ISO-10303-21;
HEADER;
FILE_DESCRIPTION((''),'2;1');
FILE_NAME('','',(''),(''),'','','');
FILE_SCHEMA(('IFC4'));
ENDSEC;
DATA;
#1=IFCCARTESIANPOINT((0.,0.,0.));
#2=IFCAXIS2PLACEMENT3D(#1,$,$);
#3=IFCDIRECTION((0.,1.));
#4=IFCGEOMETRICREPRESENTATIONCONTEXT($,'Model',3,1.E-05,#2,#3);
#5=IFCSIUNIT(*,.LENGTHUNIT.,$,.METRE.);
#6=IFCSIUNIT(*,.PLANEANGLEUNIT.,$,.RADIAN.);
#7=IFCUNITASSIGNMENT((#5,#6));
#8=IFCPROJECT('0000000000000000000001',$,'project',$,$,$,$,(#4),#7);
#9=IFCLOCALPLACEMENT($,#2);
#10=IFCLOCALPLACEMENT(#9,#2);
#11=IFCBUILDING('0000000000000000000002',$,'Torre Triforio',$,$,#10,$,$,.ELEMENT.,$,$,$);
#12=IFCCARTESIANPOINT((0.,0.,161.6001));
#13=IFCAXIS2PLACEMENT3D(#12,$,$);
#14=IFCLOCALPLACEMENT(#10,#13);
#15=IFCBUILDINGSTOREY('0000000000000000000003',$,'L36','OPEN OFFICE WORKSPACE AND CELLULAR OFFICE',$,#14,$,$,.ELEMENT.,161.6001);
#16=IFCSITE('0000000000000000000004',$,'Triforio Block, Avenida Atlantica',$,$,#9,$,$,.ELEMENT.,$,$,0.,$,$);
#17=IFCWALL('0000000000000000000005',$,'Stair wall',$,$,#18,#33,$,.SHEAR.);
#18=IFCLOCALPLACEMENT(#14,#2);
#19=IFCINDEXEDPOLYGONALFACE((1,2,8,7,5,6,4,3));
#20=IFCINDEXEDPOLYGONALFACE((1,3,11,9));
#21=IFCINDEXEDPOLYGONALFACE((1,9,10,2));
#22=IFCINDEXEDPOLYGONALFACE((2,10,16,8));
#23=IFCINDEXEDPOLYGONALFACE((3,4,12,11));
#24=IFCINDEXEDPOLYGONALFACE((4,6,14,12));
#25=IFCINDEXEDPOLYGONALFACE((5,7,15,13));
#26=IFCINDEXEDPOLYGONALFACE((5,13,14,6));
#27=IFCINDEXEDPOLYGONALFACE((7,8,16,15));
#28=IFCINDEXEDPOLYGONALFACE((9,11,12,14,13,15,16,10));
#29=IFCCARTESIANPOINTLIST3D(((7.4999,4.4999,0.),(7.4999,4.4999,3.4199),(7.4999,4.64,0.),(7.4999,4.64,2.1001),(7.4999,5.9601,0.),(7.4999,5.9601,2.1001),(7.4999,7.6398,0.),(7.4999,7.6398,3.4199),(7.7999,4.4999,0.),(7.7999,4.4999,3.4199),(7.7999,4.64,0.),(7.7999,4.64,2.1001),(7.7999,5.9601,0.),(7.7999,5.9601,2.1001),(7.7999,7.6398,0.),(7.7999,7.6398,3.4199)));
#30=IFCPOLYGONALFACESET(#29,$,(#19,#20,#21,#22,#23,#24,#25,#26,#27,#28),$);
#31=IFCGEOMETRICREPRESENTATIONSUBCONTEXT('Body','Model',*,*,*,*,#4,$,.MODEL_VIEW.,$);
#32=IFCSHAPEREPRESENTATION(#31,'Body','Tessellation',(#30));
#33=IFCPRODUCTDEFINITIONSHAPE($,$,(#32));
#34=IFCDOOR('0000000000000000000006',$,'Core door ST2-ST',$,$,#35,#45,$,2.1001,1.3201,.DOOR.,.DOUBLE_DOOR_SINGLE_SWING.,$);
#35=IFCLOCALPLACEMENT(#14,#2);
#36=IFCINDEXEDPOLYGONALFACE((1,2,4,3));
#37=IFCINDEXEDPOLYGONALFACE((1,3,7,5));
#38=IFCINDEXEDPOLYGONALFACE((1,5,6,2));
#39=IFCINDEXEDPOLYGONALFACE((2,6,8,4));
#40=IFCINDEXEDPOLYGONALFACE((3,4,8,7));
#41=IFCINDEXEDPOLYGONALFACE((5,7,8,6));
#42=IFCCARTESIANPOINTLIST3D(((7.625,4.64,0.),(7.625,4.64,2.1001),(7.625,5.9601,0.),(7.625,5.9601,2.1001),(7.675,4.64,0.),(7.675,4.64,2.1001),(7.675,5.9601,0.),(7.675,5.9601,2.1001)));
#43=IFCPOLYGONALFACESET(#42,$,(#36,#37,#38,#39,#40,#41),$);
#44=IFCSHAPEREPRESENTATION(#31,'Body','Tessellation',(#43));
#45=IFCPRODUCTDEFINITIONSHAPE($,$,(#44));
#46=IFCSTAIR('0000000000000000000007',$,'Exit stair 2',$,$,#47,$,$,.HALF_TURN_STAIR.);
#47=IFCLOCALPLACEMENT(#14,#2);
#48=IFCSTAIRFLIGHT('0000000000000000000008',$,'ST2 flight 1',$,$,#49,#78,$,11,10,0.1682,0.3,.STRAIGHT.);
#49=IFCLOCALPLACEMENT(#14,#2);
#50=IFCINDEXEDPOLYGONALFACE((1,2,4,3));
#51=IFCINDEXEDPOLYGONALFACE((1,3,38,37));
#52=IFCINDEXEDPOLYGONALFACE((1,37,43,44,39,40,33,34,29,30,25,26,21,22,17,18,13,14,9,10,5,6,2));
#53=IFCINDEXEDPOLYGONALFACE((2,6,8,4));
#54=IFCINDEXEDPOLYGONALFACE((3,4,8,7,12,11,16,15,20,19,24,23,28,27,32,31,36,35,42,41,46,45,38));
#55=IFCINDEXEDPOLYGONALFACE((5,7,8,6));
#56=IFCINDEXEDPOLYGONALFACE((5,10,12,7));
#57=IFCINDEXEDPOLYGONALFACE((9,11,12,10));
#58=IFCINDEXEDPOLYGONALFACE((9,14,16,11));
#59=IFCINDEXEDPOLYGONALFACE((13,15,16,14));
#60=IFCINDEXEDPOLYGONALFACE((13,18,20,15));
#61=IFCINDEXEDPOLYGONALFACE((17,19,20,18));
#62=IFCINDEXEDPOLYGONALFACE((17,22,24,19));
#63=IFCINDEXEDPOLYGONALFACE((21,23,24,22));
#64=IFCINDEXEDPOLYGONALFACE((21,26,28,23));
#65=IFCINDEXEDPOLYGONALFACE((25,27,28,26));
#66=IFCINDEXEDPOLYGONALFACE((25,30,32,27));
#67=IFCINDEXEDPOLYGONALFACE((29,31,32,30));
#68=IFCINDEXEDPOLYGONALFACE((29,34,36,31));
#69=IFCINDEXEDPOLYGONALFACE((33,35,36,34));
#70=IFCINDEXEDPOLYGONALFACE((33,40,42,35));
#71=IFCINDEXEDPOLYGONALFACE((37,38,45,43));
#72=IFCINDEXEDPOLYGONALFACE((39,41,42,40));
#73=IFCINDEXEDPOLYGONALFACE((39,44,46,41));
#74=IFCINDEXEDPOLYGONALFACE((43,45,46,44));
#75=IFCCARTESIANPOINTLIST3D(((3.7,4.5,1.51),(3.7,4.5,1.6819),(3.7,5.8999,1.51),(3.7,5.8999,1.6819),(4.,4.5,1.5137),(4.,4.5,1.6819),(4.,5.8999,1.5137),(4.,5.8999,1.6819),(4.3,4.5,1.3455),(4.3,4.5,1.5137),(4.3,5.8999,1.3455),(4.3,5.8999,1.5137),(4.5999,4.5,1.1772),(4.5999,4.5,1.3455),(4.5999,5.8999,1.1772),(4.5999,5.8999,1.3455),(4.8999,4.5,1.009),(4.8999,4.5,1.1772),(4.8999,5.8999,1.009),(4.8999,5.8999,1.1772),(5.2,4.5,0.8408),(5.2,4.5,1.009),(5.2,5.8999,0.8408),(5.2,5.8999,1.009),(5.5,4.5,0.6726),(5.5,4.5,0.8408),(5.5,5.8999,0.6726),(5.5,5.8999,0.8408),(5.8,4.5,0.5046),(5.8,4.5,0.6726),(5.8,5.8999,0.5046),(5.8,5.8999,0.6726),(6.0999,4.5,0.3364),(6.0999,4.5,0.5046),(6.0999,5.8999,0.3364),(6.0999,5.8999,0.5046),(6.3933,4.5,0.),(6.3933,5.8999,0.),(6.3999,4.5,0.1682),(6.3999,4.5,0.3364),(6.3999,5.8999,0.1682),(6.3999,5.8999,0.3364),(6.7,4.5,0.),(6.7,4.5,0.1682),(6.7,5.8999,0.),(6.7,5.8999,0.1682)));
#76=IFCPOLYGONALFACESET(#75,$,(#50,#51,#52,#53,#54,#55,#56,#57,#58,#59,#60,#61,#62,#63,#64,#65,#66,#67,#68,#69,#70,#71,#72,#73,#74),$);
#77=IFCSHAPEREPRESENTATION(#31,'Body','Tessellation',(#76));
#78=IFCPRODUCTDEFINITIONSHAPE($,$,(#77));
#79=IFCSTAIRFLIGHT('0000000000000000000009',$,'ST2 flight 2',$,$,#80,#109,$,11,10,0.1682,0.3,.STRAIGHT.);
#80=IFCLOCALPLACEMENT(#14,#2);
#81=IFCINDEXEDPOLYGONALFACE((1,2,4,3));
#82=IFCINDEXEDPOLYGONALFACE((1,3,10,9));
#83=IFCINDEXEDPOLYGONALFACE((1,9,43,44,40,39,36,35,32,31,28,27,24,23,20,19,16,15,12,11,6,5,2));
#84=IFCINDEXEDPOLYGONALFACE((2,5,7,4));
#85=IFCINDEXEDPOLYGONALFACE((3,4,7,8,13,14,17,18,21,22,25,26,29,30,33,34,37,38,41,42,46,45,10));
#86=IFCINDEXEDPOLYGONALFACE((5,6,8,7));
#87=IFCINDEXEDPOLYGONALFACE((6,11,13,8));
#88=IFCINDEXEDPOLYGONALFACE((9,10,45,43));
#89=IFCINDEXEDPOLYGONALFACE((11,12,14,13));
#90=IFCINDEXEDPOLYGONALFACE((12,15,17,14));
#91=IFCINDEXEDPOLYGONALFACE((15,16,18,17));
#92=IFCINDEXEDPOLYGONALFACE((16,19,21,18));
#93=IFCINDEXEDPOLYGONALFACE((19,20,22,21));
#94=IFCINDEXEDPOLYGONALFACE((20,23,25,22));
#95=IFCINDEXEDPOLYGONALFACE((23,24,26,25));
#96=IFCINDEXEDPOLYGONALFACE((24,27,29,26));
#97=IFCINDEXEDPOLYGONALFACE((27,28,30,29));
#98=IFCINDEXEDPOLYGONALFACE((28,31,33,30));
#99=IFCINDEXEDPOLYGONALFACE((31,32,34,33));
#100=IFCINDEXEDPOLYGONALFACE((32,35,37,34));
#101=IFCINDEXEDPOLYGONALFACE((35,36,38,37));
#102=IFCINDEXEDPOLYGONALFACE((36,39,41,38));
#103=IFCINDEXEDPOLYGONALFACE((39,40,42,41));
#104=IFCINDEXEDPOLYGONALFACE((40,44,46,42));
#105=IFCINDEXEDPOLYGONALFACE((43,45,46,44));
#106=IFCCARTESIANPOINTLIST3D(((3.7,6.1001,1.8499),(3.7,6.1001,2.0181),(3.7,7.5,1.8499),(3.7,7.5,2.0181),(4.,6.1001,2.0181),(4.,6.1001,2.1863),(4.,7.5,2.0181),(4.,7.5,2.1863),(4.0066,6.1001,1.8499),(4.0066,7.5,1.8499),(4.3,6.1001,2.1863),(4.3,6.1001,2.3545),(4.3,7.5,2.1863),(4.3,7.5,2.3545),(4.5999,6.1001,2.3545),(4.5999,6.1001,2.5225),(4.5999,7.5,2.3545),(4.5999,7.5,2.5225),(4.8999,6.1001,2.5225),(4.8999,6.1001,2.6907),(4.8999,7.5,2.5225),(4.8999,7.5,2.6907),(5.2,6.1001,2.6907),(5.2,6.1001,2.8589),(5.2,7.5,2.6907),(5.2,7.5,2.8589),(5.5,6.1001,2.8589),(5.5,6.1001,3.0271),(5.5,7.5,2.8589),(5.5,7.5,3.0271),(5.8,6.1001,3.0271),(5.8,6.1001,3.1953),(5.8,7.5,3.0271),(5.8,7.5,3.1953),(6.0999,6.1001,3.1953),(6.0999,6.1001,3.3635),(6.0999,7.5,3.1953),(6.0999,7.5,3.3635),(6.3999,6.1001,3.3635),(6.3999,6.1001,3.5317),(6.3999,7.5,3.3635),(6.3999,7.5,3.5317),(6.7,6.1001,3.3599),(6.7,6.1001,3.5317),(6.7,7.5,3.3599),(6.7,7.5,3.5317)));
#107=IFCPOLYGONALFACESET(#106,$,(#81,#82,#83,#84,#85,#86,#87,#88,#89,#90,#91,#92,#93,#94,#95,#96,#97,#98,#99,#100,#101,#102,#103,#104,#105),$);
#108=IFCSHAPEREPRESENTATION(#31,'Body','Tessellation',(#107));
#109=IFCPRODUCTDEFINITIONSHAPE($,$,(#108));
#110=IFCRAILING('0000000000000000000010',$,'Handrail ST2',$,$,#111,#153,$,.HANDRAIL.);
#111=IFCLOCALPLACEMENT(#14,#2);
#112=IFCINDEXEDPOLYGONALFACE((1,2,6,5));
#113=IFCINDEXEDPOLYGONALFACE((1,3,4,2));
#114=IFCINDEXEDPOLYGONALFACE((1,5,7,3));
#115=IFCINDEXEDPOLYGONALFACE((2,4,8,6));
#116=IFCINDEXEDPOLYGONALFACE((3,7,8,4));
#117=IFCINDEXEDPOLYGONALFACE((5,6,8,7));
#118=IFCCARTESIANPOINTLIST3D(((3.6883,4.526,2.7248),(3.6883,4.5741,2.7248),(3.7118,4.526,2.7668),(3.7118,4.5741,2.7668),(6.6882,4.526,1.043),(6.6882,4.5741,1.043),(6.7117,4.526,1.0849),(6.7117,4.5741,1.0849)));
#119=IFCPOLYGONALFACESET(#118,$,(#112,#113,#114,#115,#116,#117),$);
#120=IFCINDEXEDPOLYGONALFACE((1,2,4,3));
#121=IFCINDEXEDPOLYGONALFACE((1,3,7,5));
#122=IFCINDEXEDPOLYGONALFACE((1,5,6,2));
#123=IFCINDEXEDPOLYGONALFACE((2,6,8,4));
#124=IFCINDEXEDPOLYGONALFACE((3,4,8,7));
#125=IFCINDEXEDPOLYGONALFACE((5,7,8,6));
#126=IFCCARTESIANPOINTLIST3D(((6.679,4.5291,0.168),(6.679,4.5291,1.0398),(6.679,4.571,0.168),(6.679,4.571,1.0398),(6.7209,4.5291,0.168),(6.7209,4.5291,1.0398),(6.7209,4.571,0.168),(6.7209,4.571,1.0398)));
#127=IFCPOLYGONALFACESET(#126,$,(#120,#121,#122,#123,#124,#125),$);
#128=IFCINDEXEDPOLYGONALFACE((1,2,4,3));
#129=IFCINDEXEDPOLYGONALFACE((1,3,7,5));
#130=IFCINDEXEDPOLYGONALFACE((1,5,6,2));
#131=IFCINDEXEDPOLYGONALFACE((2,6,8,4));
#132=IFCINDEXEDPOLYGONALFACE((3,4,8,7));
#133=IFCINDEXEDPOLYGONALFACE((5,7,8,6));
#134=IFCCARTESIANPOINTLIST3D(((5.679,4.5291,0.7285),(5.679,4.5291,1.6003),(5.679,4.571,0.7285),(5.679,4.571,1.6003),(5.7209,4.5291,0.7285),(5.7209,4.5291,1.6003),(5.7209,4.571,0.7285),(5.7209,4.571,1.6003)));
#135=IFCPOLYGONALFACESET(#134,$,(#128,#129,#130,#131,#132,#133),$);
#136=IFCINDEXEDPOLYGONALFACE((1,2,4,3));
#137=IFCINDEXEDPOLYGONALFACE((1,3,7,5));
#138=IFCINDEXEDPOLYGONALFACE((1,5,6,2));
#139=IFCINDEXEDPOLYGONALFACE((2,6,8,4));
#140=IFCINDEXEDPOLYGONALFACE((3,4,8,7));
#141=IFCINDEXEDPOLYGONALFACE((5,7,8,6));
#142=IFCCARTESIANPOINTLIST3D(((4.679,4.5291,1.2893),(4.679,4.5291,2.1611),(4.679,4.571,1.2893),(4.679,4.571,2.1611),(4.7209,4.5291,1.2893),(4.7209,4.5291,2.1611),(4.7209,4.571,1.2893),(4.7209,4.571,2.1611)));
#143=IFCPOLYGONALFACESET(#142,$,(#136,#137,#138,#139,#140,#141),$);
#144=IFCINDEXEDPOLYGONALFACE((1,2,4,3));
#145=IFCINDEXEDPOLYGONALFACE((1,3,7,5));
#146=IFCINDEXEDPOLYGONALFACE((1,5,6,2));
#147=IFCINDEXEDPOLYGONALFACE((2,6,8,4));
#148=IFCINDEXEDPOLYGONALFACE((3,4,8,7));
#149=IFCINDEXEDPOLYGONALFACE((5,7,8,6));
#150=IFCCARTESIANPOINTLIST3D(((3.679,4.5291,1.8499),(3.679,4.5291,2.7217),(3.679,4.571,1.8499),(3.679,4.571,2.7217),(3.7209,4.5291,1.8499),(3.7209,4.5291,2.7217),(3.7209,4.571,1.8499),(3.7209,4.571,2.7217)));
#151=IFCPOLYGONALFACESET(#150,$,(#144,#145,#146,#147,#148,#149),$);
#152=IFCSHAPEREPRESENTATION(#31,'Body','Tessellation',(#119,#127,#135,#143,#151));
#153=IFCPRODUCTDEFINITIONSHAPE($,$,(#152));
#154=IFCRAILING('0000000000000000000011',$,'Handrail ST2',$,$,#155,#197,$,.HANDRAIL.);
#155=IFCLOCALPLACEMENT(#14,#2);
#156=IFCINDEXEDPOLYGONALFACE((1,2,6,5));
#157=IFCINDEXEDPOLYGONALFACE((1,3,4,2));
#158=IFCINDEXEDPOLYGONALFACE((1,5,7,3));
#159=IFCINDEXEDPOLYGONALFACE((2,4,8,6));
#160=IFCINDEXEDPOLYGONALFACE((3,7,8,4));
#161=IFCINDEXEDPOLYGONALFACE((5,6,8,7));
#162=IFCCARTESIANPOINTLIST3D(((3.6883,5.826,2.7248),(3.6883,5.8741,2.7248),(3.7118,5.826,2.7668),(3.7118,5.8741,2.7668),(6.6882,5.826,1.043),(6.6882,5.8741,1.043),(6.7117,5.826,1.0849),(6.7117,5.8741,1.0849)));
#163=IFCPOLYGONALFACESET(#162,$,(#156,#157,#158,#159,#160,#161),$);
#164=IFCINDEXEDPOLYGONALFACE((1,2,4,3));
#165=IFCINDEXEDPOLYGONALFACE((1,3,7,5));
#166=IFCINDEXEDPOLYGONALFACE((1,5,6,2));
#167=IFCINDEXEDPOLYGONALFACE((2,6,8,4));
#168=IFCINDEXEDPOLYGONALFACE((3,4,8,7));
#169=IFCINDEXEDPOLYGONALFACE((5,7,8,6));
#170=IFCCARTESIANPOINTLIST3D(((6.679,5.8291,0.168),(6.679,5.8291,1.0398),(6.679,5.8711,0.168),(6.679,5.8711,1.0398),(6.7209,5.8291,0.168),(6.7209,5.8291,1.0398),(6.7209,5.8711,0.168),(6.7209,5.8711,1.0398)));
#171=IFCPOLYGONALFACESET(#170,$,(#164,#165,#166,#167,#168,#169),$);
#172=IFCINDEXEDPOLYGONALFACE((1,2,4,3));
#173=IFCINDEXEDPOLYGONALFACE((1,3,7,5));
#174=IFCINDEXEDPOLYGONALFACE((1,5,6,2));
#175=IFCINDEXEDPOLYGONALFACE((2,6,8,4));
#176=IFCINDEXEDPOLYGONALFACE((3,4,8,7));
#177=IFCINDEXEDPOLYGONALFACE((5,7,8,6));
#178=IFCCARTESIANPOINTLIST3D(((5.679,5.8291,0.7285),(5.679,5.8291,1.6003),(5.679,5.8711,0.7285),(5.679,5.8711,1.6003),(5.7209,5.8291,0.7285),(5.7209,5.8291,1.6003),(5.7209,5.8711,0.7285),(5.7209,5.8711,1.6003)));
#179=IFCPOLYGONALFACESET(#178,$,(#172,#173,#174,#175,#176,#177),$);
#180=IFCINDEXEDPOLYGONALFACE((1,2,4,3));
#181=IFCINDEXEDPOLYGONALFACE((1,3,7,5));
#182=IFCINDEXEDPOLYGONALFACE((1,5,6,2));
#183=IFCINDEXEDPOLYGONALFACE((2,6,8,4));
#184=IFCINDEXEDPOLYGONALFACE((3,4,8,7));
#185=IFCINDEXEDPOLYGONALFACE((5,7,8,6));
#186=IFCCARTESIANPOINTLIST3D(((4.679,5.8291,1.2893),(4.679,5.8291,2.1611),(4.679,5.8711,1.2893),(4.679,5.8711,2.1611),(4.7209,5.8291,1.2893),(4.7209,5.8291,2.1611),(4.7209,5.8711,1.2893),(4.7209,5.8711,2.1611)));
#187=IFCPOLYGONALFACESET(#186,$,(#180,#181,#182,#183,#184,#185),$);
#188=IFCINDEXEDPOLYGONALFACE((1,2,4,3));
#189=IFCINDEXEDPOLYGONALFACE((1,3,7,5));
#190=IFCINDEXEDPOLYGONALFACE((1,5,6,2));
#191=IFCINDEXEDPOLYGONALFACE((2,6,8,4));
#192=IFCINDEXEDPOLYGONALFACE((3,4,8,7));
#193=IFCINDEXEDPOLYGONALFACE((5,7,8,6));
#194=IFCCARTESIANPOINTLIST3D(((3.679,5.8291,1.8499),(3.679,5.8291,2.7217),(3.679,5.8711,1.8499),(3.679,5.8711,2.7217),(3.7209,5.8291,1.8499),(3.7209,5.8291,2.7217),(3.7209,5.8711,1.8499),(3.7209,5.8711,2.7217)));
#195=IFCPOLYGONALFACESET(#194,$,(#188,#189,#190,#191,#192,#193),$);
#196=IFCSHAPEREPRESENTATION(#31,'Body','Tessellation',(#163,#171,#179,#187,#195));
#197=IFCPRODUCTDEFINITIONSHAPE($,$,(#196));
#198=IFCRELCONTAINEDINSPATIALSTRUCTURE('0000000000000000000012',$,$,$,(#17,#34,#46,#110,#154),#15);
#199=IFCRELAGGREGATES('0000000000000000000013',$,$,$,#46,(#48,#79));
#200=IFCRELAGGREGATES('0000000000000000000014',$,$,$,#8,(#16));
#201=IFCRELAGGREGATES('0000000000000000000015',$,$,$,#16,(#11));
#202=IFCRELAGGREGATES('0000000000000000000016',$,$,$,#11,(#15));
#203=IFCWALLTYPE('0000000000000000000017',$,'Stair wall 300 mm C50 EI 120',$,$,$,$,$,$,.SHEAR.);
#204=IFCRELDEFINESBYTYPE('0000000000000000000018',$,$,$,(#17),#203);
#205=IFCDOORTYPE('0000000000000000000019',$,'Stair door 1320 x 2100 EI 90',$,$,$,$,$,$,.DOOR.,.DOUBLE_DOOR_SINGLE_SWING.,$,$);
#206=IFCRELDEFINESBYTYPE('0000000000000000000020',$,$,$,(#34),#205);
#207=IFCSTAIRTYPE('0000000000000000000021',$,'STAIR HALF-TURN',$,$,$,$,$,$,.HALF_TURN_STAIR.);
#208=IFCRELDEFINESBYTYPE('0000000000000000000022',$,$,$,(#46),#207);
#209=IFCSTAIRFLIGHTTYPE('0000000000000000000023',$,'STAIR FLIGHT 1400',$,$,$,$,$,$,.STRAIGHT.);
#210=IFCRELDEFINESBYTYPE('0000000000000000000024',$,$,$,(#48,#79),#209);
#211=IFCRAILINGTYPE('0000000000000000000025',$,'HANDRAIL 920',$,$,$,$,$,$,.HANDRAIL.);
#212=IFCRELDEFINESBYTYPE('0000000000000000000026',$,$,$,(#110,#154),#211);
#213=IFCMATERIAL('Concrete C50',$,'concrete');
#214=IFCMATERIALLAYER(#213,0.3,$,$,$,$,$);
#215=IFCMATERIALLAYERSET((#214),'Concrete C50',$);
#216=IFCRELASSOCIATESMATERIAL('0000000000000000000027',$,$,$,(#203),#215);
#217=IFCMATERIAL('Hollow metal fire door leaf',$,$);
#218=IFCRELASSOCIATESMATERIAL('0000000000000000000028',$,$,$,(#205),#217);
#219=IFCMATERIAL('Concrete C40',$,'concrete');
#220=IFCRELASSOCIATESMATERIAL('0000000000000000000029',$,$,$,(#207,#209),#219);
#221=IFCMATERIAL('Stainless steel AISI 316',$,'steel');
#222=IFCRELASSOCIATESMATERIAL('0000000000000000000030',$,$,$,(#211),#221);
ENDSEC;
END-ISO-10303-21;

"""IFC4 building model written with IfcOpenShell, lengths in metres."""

from ifc_helpers import new_model, si_unit, direction, frame, frame_2d, origin, origin_2d, place, context, subcontext, project, spatial, polyline, rectangle, outline, extrude, material, layer, layer_set, type_object, element, fill, aggregate, save


model = new_model("IFC4")

# Units and contexts
model_context = context("Model", 3, precision=1e-05, world=origin(), true_north=direction((0.0, 1.0)))
body_context = subcontext(model_context, "Body", "Model", "MODEL_VIEW")
ifc_project = project(units=[si_unit("LENGTHUNIT", "METRE"), si_unit("PLANEANGLEUNIT", "RADIAN")], contexts=[model_context])

# Site, building, storey
site_placement = place(None, origin())
site = spatial("IfcSite", under=ifc_project, at=site_placement, Name="Triforio Block, Avenida Atlantica", CompositionType="ELEMENT", RefElevation=0.0)
building_placement = place(site_placement, origin())
building = spatial("IfcBuilding", under=site, at=building_placement, Name="Torre Triforio", CompositionType="ELEMENT")
storey_placement = place(building_placement, frame((0.0, 0.0, 161.6001)))
storey = spatial("IfcBuildingStorey", under=building, at=storey_placement, Name="L36", Description="OPEN OFFICE WORKSPACE AND CELLULAR OFFICE", CompositionType="ELEMENT", Elevation=161.6001)

# Shared definitions
ifc_material_1 = material(Name="Concrete C50", Category="concrete")

# Shared definitions
ifc_material_2 = material(Name="Hollow metal fire door leaf")

# Wall, opening, door
ifc_layer_1 = layer(ifc_material_1, 0.3)
ifc_layer_set_1 = layer_set([ifc_layer_1], Name="Concrete C50")
wall_type_1 = type_object("IfcWallType", Name="Stair wall 300 mm C50 EI 120", PredefinedType="SHEAR", material=ifc_layer_set_1)
wall_1_placement = place(storey_placement, frame((7.6499, 4.5, 0.0), z_axis=(0.0, 0.0, 1.0), x_axis=(0.0, 1.0, 0.0)))
wall_1 = element("IfcWall", 1, at=wall_1_placement, inside=storey, type_object=wall_type_1, Name="Stair wall", PredefinedType="SHEAR", context=body_context, shape_type="SweptSolid", body=[
    extrude(rectangle(XDim=3.1399, YDim=0.3, at=frame_2d((1.5698, 0.0))), origin(), (0.0, 0.0, 1.0), 3.4199),
])
opening_1_placement = place(wall_1_placement, frame((0.1399, 0.0, 0.0)))
opening_1 = element("IfcOpeningElement", 2, at=opening_1_placement, cuts=wall_1, PredefinedType="OPENING", context=body_context, shape_type="SweptSolid", body=[
    extrude(rectangle(XDim=1.3201, YDim=2.1001, at=frame_2d((0.6602, 1.05))), frame((0.0, 0.1599, 0.0), z_axis=(0.0, -1.0, 0.0), x_axis=(1.0, 0.0, 0.0)), (0.0, 0.0, 1.0), 0.3201),
])
door_type_1 = type_object("IfcDoorType", Name="Stair door 1320 x 2100 EI 90", OperationType="DOUBLE_DOOR_SINGLE_SWING", PredefinedType="DOOR", material=ifc_material_2)
door_1_placement = place(opening_1_placement, origin())
door_1 = element("IfcDoor", 3, at=door_1_placement, inside=storey, type_object=door_type_1, Name="Core door ST2-ST", OperationType="DOUBLE_DOOR_SINGLE_SWING", OverallHeight=2.1001, OverallWidth=1.3201, PredefinedType="DOOR", context=body_context, shape_type="SweptSolid", body=[
    extrude(rectangle(XDim=1.3201, YDim=2.1001, at=frame_2d((0.6602, 1.05))), frame((0.0, 0.0249, 0.0), z_axis=(0.0, -1.0, 0.0), x_axis=(1.0, 0.0, 0.0)), (0.0, 0.0, 1.0), 0.05),
])
fill(opening_1, door_1)

# Stair, stair flights
ifc_material_3 = material(Name="Concrete C40", Category="concrete")
stair_type = type_object("IfcStairType", Name="STAIR HALF-TURN", PredefinedType="HALF_TURN_STAIR", material=ifc_material_3)
stair_placement = place(storey_placement, origin())
stair = element("IfcStair", 4, at=stair_placement, inside=storey, type_object=stair_type, Name="Exit stair 2", PredefinedType="HALF_TURN_STAIR")
stair_flight_type = type_object("IfcStairFlightType", Name="STAIR FLIGHT 1400", PredefinedType="STRAIGHT", material=ifc_material_3)
stair_flight_1_placement = place(storey_placement, frame((6.7, 5.2, 0.0), z_axis=(0.0, 0.0, 1.0), x_axis=(-1.0, 0.0, 0.0)))
stair_flight_1 = element("IfcStairFlight", 5, at=stair_flight_1_placement, type_object=stair_flight_type, Name="ST2 flight 1", NumberOfRisers=11, NumberOfTreads=10, PredefinedType="STRAIGHT", RiserHeight=0.1682, TreadLength=0.3, context=body_context, shape_type="SweptSolid", body=[
    extrude(outline(polyline([(0.0, 0.0), (0.0, 0.1682), (0.3, 0.1682), (0.3, 0.3364), (0.6001, 0.3364), (0.6001, 0.5046), (0.8999, 0.5046), (0.8999, 0.6726), (1.2, 0.6726), (1.2, 0.8408), (1.5, 0.8408), (1.5, 1.009), (1.8, 1.009), (1.8, 1.1772), (2.1001, 1.1772), (2.1001, 1.3455), (2.3999, 1.3455), (2.3999, 1.5137), (2.7, 1.5137), (2.7, 1.6819), (3.0, 1.6819), (3.0, 1.8501), (3.0, 1.51), (0.3066, 0.0), (0.0, 0.0)])), frame((0.0, 0.7, 0.0), z_axis=(0.0, -1.0, 0.0), x_axis=(1.0, 0.0, 0.0)), (0.0, 0.0, 1.0), 1.3999),
])
stair_flight_2_placement = place(storey_placement, frame((3.7, 6.8, 1.8499), z_axis=(0.0, 0.0, 1.0), x_axis=(1.0, 0.0, 0.0)))
stair_flight_2 = element("IfcStairFlight", 6, at=stair_flight_2_placement, type_object=stair_flight_type, Name="ST2 flight 2", NumberOfRisers=11, NumberOfTreads=10, PredefinedType="STRAIGHT", RiserHeight=0.1682, TreadLength=0.3, context=body_context, shape_type="SweptSolid", body=[
    extrude(outline(polyline([(0.0, 0.0), (0.0, 0.1682), (0.3, 0.1682), (0.3, 0.3364), (0.6001, 0.3364), (0.6001, 0.5046), (0.8999, 0.5046), (0.8999, 0.6726), (1.2, 0.6726), (1.2, 0.8408), (1.5, 0.8408), (1.5, 1.009), (1.8, 1.009), (1.8, 1.1772), (2.1001, 1.1772), (2.1001, 1.3455), (2.3999, 1.3455), (2.3999, 1.5137), (2.7, 1.5137), (2.7, 1.6819), (3.0, 1.6819), (3.0, 1.8501), (3.0, 1.51), (0.3066, 0.0), (0.0, 0.0)])), frame((0.0, 0.7, 0.0), z_axis=(0.0, -1.0, 0.0), x_axis=(1.0, 0.0, 0.0)), (0.0, 0.0, 1.0), 1.3999),
])
aggregate(stair, [stair_flight_1, stair_flight_2])

# Railings
ifc_material_4 = material(Name="Stainless steel AISI 316", Category="steel")
railing_type = type_object("IfcRailingType", Name="HANDRAIL 920", PredefinedType="HANDRAIL", material=ifc_material_4)
for number, where, name in (
    (7, (6.7, 4.55, 0.168), "Handrail ST2"),
    (8, (6.7, 5.8501, 0.168), "Handrail ST2"),
):
    element("IfcRailing", number, at=place(storey_placement, frame(where)), inside=storey, type_object=railing_type, Name=name, PredefinedType="HANDRAIL", context=body_context, shape_type="SweptSolid", body=[
        extrude(rectangle(XDim=0.0481, YDim=0.0481, at=origin_2d()), frame((0.0, 0.0, 0.896), z_axis=(-0.872272, 0.0, 0.48902), x_axis=(0.0, -1.0, 0.0)), (0.0, 0.0, 1.0), 3.4392),
        extrude(rectangle(XDim=0.042, YDim=0.042, at=origin_2d()), origin(), (0.0, 0.0, 1.0), 0.8718),
        extrude(rectangle(XDim=0.042, YDim=0.042, at=origin_2d()), frame((-1.0, 0.0, 0.5605)), (0.0, 0.0, 1.0), 0.8718),
        extrude(rectangle(XDim=0.042, YDim=0.042, at=origin_2d()), frame((-2.0, 0.0, 1.1213)), (0.0, 0.0, 1.0), 0.8718),
        extrude(rectangle(XDim=0.042, YDim=0.042, at=origin_2d()), frame((-3.0, 0.0, 1.6819)), (0.0, 0.0, 1.0), 0.8718),
    ])

save(model, "model.ifc")
